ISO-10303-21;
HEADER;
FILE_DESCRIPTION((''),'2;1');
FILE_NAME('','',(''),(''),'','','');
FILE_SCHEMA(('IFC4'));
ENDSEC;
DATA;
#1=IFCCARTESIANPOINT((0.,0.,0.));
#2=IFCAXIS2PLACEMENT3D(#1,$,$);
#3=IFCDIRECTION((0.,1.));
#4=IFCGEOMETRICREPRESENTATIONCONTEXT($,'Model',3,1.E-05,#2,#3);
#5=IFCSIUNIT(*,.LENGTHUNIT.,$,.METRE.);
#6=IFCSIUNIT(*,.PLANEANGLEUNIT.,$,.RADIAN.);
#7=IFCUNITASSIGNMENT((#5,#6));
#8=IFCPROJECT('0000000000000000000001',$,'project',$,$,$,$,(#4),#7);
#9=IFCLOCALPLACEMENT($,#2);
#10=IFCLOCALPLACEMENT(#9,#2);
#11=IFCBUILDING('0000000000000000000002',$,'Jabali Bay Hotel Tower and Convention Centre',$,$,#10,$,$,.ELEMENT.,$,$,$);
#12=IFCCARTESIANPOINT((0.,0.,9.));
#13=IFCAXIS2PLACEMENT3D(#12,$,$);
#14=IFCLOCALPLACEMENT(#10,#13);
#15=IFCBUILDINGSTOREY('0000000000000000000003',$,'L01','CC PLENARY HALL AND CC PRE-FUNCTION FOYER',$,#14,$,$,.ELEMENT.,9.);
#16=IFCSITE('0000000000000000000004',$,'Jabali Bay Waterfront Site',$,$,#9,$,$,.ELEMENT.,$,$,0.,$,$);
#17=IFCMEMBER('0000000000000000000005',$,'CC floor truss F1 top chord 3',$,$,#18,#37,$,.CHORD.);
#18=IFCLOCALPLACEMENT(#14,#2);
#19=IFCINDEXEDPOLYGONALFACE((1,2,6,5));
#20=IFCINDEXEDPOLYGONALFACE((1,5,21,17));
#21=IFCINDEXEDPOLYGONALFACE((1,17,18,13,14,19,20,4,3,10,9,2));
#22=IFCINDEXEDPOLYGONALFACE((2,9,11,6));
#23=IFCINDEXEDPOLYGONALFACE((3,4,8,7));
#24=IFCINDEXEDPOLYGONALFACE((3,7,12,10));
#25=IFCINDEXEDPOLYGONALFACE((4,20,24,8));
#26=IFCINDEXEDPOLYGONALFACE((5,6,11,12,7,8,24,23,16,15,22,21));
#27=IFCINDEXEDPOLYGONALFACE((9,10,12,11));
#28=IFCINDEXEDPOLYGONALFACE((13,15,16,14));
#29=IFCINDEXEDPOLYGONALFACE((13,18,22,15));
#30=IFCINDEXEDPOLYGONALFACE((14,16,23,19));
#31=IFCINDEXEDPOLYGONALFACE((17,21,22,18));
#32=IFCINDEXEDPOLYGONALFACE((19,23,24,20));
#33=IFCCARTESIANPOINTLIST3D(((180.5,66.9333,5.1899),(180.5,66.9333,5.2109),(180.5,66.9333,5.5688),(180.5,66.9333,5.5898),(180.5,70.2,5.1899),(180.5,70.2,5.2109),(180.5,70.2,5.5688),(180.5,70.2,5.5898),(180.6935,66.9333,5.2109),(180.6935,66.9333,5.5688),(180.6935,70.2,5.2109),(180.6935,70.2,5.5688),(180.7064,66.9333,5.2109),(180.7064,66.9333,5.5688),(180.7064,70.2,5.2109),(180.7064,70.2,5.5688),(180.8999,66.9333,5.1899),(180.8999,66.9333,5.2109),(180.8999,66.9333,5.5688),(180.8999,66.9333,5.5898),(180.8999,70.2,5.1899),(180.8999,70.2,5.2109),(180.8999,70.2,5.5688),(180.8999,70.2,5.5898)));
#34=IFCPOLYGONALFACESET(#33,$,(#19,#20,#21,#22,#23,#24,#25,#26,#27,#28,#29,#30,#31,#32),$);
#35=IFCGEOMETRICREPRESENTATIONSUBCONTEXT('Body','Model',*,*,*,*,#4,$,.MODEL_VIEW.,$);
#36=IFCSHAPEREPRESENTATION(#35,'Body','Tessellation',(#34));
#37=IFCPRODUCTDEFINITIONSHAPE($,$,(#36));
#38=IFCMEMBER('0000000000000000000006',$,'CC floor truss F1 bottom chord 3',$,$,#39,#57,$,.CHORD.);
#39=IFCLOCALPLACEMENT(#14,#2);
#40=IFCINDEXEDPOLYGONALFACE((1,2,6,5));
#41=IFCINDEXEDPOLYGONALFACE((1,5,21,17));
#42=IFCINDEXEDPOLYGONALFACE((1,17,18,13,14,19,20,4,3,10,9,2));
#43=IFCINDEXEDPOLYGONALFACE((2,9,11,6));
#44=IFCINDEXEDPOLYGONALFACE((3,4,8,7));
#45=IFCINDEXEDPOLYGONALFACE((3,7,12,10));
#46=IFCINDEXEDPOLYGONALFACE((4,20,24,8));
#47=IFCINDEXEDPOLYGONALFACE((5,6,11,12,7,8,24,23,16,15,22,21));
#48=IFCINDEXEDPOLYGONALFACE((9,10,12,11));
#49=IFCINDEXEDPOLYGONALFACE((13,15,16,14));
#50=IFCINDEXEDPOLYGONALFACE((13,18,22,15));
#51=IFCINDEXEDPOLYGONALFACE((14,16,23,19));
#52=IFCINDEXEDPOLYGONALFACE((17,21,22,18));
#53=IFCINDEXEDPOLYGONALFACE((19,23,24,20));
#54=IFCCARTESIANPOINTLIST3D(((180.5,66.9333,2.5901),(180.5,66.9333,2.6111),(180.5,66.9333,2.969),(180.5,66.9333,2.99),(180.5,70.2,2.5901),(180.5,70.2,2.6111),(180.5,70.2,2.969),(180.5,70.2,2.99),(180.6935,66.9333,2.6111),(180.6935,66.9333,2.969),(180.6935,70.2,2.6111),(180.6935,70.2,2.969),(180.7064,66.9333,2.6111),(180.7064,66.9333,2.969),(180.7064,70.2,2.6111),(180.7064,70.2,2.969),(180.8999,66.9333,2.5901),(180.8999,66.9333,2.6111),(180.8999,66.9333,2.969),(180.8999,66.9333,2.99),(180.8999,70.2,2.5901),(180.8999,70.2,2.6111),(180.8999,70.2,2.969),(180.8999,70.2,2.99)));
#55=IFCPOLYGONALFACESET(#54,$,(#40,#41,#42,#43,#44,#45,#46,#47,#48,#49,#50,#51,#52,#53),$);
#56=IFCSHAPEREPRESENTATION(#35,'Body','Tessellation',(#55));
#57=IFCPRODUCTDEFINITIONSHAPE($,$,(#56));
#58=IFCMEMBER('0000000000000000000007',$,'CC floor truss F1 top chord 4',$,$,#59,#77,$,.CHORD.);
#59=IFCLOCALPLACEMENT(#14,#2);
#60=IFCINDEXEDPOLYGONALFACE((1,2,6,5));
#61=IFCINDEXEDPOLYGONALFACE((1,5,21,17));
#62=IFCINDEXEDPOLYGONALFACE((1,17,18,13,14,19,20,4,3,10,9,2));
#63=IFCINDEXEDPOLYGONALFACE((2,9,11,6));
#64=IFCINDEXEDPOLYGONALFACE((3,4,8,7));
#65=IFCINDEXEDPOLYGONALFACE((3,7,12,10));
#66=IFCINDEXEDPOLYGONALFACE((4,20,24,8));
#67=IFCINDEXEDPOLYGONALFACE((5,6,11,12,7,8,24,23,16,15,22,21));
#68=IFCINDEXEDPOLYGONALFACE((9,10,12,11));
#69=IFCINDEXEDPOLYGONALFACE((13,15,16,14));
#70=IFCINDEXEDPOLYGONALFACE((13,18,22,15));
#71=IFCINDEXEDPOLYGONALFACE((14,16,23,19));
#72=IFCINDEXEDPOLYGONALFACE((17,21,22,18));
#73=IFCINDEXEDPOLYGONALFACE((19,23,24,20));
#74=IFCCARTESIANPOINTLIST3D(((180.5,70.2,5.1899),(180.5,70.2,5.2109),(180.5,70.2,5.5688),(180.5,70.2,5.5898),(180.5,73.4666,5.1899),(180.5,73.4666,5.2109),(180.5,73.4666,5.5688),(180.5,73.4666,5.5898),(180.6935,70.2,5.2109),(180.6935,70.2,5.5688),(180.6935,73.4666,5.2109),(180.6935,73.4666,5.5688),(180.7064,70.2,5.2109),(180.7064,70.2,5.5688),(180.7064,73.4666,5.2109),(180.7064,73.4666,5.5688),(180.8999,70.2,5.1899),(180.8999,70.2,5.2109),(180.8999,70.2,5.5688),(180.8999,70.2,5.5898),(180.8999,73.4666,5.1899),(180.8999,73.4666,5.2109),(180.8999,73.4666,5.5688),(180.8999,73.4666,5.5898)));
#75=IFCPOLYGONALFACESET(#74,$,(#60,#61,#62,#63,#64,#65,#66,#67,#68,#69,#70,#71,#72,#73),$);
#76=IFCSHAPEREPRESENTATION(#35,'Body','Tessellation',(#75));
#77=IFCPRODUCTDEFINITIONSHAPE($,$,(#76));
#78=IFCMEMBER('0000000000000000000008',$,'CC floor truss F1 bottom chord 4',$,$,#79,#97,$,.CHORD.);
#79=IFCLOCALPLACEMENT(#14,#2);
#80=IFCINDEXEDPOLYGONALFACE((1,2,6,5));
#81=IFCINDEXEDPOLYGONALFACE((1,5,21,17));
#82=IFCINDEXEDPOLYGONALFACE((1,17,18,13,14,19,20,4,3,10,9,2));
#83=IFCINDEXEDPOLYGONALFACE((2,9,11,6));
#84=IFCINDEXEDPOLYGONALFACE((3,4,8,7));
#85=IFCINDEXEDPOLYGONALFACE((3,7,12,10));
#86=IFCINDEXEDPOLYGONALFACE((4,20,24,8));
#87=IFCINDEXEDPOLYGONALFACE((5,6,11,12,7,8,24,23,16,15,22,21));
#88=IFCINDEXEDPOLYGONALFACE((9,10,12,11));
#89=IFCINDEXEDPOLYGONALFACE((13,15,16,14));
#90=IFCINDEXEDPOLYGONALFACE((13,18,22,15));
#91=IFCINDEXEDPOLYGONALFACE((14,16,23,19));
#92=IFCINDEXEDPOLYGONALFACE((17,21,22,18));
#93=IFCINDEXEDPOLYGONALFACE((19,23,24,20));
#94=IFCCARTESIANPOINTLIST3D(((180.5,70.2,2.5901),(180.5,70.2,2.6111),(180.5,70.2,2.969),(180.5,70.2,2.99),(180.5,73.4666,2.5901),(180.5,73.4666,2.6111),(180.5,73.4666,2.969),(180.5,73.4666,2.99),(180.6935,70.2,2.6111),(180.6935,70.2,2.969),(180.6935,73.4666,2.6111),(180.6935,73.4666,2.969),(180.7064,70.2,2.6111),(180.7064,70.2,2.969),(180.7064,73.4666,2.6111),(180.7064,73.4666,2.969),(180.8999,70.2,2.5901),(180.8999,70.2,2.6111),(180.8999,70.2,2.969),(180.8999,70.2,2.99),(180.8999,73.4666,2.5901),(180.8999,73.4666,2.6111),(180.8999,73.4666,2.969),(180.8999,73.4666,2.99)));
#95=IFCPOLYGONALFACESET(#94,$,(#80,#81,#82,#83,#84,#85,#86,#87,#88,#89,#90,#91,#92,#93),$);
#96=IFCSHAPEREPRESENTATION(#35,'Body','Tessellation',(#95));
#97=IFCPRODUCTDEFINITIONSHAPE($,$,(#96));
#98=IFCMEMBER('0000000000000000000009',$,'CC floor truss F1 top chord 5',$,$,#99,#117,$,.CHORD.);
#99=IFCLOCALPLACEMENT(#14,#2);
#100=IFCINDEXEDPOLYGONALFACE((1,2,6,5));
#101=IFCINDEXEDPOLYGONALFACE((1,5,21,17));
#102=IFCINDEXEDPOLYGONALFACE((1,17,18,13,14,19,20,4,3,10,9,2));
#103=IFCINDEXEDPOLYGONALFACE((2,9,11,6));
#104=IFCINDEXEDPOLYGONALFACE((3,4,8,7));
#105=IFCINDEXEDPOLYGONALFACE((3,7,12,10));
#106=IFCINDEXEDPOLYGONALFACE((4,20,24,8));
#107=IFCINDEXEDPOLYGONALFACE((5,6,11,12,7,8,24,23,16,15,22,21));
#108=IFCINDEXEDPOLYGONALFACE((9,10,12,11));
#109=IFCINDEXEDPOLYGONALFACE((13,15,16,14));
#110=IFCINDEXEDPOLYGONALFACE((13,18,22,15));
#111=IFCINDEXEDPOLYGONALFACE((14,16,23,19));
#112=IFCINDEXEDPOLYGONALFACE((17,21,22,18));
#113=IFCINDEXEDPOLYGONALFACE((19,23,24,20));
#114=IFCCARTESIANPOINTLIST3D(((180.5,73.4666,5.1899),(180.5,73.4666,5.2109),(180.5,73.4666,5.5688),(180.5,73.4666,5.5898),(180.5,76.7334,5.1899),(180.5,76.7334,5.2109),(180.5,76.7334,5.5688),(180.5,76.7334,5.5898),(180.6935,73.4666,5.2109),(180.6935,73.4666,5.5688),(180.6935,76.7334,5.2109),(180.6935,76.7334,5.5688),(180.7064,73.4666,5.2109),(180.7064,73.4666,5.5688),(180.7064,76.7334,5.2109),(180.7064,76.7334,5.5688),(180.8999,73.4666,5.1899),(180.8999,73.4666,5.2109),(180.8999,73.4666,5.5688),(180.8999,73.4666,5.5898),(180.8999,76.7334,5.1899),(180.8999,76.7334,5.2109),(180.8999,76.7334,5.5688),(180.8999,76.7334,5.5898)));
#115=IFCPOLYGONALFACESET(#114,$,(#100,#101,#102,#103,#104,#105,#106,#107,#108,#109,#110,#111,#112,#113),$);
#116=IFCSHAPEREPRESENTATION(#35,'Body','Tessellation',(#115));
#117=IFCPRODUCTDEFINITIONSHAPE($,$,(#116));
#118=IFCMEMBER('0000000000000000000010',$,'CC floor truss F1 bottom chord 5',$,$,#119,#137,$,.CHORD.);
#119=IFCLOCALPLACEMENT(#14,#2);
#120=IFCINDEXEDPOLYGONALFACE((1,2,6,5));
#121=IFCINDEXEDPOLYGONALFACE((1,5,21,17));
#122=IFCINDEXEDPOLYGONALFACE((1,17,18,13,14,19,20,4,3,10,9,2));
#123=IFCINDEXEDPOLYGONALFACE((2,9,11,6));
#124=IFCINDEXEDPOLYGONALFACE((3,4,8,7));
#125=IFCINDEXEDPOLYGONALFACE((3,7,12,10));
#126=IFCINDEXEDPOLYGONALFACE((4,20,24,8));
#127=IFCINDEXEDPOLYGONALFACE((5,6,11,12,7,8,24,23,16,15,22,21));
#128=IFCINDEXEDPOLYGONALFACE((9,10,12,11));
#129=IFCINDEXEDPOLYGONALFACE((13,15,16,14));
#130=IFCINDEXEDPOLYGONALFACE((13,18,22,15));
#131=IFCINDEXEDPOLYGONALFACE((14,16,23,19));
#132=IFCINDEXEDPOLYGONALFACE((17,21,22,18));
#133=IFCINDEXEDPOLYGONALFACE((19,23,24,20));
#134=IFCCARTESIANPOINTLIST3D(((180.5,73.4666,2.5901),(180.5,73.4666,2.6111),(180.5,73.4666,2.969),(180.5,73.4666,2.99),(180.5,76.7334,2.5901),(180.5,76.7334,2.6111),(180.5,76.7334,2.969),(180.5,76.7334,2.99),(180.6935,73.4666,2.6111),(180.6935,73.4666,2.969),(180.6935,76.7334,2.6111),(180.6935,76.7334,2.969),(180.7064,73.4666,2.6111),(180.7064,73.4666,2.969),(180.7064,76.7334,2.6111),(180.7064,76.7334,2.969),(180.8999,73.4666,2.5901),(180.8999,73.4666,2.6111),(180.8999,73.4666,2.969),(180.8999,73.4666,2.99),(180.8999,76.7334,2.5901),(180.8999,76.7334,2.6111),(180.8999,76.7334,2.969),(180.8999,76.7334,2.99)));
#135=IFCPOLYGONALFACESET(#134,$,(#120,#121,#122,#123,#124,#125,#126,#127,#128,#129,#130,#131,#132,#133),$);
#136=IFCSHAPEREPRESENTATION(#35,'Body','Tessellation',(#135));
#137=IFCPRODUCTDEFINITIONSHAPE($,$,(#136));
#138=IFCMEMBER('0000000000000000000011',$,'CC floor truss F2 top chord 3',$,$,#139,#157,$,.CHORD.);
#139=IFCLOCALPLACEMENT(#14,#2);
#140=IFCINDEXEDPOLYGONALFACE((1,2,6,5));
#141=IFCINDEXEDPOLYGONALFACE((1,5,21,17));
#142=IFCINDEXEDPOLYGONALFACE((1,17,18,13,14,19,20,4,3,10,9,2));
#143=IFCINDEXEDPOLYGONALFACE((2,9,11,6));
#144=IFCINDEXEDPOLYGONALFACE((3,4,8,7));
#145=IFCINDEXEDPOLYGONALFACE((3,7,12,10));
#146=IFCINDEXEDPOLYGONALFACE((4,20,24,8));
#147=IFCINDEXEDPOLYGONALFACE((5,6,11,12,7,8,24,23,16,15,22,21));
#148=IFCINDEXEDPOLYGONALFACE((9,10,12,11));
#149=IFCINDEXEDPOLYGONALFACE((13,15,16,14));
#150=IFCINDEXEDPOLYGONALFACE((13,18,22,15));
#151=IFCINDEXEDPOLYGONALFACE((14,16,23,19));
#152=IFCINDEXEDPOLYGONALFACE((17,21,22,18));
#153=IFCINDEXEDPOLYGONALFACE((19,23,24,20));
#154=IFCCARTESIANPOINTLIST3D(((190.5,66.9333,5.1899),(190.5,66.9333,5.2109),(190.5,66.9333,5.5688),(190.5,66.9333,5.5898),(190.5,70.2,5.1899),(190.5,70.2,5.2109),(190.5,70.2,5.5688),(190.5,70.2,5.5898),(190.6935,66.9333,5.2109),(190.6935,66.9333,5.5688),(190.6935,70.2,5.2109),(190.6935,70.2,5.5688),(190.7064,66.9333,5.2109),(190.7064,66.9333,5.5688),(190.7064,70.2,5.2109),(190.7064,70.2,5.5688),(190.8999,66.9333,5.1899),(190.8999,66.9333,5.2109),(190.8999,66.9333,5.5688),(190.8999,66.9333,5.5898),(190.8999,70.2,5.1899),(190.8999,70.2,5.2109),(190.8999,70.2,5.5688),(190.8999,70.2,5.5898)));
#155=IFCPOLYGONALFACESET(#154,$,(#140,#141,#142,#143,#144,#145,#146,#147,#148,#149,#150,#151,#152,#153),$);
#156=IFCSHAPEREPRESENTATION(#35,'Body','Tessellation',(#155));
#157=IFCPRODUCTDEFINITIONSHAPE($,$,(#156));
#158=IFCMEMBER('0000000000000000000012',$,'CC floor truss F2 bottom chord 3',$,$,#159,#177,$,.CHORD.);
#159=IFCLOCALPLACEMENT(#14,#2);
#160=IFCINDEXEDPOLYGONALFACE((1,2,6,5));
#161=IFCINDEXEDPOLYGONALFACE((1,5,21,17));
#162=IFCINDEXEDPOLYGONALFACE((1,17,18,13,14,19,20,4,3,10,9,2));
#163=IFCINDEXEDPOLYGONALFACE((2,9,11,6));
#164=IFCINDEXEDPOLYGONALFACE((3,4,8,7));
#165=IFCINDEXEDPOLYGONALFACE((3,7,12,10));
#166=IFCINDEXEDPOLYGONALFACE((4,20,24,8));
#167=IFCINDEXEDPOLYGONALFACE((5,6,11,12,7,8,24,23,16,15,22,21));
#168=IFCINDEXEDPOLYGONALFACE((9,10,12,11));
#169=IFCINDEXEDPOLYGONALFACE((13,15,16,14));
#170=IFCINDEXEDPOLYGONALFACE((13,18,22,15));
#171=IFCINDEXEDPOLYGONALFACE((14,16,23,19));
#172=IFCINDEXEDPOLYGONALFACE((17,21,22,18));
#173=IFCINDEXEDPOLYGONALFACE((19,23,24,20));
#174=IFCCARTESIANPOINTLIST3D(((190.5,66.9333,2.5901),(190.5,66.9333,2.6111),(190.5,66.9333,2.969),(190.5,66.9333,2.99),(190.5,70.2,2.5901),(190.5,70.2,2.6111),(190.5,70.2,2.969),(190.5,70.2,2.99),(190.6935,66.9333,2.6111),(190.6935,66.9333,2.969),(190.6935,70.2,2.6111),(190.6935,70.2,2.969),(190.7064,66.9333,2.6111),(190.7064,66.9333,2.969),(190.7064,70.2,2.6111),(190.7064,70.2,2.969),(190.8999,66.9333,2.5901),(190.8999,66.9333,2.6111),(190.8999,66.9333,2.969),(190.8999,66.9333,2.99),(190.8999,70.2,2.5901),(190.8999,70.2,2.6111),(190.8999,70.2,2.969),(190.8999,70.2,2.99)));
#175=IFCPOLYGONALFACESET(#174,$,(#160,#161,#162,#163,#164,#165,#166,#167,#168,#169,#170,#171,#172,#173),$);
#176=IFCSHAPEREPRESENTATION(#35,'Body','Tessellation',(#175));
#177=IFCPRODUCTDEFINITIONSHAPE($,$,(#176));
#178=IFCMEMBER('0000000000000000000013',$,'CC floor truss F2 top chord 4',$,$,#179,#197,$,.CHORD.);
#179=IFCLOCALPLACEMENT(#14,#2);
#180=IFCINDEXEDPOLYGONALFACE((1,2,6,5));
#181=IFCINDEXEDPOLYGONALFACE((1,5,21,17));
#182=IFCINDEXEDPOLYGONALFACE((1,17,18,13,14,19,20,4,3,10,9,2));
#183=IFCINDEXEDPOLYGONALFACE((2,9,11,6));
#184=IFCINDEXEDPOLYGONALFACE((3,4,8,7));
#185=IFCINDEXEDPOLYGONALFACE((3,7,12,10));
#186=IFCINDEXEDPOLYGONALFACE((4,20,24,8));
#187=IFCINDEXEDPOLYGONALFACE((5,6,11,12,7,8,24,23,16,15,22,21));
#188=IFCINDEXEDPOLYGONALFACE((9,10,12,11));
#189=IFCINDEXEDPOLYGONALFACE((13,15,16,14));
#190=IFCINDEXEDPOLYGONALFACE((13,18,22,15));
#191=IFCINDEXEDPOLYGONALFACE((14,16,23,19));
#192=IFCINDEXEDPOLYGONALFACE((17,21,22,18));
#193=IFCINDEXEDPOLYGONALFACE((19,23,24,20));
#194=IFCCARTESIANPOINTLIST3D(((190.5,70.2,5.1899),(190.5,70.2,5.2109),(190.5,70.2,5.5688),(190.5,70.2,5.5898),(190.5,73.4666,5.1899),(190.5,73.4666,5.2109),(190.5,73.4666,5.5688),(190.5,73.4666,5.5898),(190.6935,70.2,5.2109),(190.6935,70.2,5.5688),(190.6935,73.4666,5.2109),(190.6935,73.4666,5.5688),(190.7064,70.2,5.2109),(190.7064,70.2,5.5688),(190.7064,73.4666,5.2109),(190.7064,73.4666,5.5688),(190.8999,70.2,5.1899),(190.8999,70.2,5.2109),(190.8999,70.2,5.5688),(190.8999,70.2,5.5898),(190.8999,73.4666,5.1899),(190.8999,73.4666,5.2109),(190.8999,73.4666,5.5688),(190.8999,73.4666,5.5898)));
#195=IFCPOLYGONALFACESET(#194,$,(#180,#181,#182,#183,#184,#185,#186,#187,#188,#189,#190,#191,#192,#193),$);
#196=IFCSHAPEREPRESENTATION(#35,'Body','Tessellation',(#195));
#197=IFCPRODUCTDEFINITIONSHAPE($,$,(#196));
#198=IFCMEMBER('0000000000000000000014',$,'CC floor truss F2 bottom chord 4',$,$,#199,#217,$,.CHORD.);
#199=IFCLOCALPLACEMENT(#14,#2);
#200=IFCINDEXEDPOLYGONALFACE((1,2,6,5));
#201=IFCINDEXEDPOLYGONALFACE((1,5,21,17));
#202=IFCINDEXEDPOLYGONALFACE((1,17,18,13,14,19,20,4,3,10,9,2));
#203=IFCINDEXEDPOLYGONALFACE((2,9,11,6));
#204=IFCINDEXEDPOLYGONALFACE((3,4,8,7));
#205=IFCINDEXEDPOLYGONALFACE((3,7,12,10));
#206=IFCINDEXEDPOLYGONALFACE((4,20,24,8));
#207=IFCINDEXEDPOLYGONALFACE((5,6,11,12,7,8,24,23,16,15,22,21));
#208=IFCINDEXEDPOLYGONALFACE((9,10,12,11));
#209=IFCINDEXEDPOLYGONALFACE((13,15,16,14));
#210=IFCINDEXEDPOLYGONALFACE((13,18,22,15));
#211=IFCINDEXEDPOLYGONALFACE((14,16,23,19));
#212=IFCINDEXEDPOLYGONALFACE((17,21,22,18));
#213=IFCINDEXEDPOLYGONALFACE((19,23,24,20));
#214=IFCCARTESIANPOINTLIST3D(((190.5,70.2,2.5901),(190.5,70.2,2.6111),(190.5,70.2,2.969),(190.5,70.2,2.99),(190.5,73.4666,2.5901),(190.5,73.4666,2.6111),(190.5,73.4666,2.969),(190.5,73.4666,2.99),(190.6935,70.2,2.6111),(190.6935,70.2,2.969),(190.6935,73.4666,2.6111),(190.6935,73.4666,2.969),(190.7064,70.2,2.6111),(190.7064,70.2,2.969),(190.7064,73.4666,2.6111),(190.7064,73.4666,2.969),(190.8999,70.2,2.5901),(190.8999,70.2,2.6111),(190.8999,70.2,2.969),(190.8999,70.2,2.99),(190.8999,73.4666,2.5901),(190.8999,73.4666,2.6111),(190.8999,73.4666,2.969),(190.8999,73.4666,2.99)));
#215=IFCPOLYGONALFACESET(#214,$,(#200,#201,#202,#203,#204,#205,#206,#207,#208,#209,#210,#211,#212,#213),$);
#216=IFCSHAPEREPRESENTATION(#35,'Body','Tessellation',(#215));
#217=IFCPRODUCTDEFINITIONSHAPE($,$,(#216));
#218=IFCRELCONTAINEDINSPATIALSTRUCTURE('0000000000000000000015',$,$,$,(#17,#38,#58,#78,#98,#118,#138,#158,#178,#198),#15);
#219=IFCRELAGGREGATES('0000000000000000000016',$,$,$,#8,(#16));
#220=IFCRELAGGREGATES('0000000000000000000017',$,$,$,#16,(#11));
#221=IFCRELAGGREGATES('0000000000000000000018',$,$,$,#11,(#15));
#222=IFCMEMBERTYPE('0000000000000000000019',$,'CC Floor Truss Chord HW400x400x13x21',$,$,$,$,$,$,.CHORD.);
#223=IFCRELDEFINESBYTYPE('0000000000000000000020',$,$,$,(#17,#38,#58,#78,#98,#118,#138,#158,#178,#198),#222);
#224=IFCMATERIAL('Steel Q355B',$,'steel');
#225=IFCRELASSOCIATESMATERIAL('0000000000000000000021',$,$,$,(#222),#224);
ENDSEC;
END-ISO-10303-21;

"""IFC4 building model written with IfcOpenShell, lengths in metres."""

from ifc_helpers import new_model, si_unit, direction, frame, origin, origin_2d, place, context, subcontext, project, spatial, i_section, extrude, material, material_profile, profile_set, type_object, element, save


model = new_model("IFC4")

# Units and contexts
model_context = context("Model", 3, precision=1e-05, world=origin(), true_north=direction((0.0, 1.0)))
body_context = subcontext(model_context, "Body", "Model", "MODEL_VIEW")
ifc_project = project(units=[si_unit("LENGTHUNIT", "METRE"), si_unit("PLANEANGLEUNIT", "RADIAN")], contexts=[model_context])

# Site, building, storey
site_placement = place(None, origin())
site = spatial("IfcSite", under=ifc_project, at=site_placement, Name="Jabali Bay Waterfront Site", CompositionType="ELEMENT", RefElevation=0.0)
building_placement = place(site_placement, origin())
building = spatial("IfcBuilding", under=site, at=building_placement, Name="Jabali Bay Hotel Tower and Convention Centre", CompositionType="ELEMENT")
storey_placement = place(building_placement, frame((0.0, 0.0, 9.0)))
storey = spatial("IfcBuildingStorey", under=building, at=storey_placement, Name="L01", Description="CC PLENARY HALL AND CC PRE-FUNCTION FOYER", CompositionType="ELEMENT", Elevation=9.0)

# Members
ifc_material = material(Name="Steel Q355B", Category="steel")
ifc_material_profile_1 = material_profile(ifc_material, i_section(OverallWidth=0.3999, OverallDepth=0.3999, WebThickness=0.0129, FlangeThickness=0.021, at=origin_2d()), Name="HW400x400x13x21")
ifc_profile_set_1 = profile_set([ifc_material_profile_1], Name="Steel Q355B")
member_type_1 = type_object("IfcMemberType", Name="CC Floor Truss Chord HW400x400x13x21", PredefinedType="CHORD", material=ifc_profile_set_1)
for number, where, z_axis, x_axis, name in (
    (1, (180.7, 66.9333, 5.3899), (0.0, 1.0, 0.0), (-1.0, 0.0, 0.0), "CC floor truss F1 top chord 3"),
    (2, (180.7, 66.9333, 2.79), (0.0, 1.0, 0.0), (-1.0, 0.0, 0.0), "CC floor truss F1 bottom chord 3"),
    (3, (180.7, 70.2, 5.3899), (0.0, 1.0, 0.0), (-1.0, 0.0, 0.0), "CC floor truss F1 top chord 4"),
    (4, (180.7, 70.2, 2.79), (0.0, 1.0, 0.0), (-1.0, 0.0, 0.0), "CC floor truss F1 bottom chord 4"),
):
    element("IfcMember", number, at=place(storey_placement, frame(where, z_axis=z_axis, x_axis=x_axis)), inside=storey, type_object=member_type_1, Name=name, PredefinedType="CHORD", context=body_context, shape_type="SweptSolid", body=[
        extrude(i_section(OverallWidth=0.3999, OverallDepth=0.3999, WebThickness=0.0129, FlangeThickness=0.021, at=origin_2d()), origin(), (0.0, 0.0, 1.0), 3.2666),
    ])
for number, where, z_axis, x_axis, name in (
    (5, (180.7, 73.4666, 5.3899), (0.0, 1.0, 0.0), (-1.0, 0.0, 0.0), "CC floor truss F1 top chord 5"),
    (6, (180.7, 73.4666, 2.79), (0.0, 1.0, 0.0), (-1.0, 0.0, 0.0), "CC floor truss F1 bottom chord 5"),
):
    element("IfcMember", number, at=place(storey_placement, frame(where, z_axis=z_axis, x_axis=x_axis)), inside=storey, type_object=member_type_1, Name=name, PredefinedType="CHORD", context=body_context, shape_type="SweptSolid", body=[
        extrude(i_section(OverallWidth=0.3999, OverallDepth=0.3999, WebThickness=0.0129, FlangeThickness=0.021, at=origin_2d()), origin(), (0.0, 0.0, 1.0), 3.2668),
    ])
for number, where, z_axis, x_axis, name in (
    (7, (190.7, 66.9333, 5.3899), (0.0, 1.0, 0.0), (-1.0, 0.0, 0.0), "CC floor truss F2 top chord 3"),
    (8, (190.7, 66.9333, 2.79), (0.0, 1.0, 0.0), (-1.0, 0.0, 0.0), "CC floor truss F2 bottom chord 3"),
    (9, (190.7, 70.2, 5.3899), (0.0, 1.0, 0.0), (-1.0, 0.0, 0.0), "CC floor truss F2 top chord 4"),
    (10, (190.7, 70.2, 2.79), (0.0, 1.0, 0.0), (-1.0, 0.0, 0.0), "CC floor truss F2 bottom chord 4"),
):
    element("IfcMember", number, at=place(storey_placement, frame(where, z_axis=z_axis, x_axis=x_axis)), inside=storey, type_object=member_type_1, Name=name, PredefinedType="CHORD", context=body_context, shape_type="SweptSolid", body=[
        extrude(i_section(OverallWidth=0.3999, OverallDepth=0.3999, WebThickness=0.0129, FlangeThickness=0.021, at=origin_2d()), origin(), (0.0, 0.0, 1.0), 3.2666),
    ])

save(model, "model.ifc")
